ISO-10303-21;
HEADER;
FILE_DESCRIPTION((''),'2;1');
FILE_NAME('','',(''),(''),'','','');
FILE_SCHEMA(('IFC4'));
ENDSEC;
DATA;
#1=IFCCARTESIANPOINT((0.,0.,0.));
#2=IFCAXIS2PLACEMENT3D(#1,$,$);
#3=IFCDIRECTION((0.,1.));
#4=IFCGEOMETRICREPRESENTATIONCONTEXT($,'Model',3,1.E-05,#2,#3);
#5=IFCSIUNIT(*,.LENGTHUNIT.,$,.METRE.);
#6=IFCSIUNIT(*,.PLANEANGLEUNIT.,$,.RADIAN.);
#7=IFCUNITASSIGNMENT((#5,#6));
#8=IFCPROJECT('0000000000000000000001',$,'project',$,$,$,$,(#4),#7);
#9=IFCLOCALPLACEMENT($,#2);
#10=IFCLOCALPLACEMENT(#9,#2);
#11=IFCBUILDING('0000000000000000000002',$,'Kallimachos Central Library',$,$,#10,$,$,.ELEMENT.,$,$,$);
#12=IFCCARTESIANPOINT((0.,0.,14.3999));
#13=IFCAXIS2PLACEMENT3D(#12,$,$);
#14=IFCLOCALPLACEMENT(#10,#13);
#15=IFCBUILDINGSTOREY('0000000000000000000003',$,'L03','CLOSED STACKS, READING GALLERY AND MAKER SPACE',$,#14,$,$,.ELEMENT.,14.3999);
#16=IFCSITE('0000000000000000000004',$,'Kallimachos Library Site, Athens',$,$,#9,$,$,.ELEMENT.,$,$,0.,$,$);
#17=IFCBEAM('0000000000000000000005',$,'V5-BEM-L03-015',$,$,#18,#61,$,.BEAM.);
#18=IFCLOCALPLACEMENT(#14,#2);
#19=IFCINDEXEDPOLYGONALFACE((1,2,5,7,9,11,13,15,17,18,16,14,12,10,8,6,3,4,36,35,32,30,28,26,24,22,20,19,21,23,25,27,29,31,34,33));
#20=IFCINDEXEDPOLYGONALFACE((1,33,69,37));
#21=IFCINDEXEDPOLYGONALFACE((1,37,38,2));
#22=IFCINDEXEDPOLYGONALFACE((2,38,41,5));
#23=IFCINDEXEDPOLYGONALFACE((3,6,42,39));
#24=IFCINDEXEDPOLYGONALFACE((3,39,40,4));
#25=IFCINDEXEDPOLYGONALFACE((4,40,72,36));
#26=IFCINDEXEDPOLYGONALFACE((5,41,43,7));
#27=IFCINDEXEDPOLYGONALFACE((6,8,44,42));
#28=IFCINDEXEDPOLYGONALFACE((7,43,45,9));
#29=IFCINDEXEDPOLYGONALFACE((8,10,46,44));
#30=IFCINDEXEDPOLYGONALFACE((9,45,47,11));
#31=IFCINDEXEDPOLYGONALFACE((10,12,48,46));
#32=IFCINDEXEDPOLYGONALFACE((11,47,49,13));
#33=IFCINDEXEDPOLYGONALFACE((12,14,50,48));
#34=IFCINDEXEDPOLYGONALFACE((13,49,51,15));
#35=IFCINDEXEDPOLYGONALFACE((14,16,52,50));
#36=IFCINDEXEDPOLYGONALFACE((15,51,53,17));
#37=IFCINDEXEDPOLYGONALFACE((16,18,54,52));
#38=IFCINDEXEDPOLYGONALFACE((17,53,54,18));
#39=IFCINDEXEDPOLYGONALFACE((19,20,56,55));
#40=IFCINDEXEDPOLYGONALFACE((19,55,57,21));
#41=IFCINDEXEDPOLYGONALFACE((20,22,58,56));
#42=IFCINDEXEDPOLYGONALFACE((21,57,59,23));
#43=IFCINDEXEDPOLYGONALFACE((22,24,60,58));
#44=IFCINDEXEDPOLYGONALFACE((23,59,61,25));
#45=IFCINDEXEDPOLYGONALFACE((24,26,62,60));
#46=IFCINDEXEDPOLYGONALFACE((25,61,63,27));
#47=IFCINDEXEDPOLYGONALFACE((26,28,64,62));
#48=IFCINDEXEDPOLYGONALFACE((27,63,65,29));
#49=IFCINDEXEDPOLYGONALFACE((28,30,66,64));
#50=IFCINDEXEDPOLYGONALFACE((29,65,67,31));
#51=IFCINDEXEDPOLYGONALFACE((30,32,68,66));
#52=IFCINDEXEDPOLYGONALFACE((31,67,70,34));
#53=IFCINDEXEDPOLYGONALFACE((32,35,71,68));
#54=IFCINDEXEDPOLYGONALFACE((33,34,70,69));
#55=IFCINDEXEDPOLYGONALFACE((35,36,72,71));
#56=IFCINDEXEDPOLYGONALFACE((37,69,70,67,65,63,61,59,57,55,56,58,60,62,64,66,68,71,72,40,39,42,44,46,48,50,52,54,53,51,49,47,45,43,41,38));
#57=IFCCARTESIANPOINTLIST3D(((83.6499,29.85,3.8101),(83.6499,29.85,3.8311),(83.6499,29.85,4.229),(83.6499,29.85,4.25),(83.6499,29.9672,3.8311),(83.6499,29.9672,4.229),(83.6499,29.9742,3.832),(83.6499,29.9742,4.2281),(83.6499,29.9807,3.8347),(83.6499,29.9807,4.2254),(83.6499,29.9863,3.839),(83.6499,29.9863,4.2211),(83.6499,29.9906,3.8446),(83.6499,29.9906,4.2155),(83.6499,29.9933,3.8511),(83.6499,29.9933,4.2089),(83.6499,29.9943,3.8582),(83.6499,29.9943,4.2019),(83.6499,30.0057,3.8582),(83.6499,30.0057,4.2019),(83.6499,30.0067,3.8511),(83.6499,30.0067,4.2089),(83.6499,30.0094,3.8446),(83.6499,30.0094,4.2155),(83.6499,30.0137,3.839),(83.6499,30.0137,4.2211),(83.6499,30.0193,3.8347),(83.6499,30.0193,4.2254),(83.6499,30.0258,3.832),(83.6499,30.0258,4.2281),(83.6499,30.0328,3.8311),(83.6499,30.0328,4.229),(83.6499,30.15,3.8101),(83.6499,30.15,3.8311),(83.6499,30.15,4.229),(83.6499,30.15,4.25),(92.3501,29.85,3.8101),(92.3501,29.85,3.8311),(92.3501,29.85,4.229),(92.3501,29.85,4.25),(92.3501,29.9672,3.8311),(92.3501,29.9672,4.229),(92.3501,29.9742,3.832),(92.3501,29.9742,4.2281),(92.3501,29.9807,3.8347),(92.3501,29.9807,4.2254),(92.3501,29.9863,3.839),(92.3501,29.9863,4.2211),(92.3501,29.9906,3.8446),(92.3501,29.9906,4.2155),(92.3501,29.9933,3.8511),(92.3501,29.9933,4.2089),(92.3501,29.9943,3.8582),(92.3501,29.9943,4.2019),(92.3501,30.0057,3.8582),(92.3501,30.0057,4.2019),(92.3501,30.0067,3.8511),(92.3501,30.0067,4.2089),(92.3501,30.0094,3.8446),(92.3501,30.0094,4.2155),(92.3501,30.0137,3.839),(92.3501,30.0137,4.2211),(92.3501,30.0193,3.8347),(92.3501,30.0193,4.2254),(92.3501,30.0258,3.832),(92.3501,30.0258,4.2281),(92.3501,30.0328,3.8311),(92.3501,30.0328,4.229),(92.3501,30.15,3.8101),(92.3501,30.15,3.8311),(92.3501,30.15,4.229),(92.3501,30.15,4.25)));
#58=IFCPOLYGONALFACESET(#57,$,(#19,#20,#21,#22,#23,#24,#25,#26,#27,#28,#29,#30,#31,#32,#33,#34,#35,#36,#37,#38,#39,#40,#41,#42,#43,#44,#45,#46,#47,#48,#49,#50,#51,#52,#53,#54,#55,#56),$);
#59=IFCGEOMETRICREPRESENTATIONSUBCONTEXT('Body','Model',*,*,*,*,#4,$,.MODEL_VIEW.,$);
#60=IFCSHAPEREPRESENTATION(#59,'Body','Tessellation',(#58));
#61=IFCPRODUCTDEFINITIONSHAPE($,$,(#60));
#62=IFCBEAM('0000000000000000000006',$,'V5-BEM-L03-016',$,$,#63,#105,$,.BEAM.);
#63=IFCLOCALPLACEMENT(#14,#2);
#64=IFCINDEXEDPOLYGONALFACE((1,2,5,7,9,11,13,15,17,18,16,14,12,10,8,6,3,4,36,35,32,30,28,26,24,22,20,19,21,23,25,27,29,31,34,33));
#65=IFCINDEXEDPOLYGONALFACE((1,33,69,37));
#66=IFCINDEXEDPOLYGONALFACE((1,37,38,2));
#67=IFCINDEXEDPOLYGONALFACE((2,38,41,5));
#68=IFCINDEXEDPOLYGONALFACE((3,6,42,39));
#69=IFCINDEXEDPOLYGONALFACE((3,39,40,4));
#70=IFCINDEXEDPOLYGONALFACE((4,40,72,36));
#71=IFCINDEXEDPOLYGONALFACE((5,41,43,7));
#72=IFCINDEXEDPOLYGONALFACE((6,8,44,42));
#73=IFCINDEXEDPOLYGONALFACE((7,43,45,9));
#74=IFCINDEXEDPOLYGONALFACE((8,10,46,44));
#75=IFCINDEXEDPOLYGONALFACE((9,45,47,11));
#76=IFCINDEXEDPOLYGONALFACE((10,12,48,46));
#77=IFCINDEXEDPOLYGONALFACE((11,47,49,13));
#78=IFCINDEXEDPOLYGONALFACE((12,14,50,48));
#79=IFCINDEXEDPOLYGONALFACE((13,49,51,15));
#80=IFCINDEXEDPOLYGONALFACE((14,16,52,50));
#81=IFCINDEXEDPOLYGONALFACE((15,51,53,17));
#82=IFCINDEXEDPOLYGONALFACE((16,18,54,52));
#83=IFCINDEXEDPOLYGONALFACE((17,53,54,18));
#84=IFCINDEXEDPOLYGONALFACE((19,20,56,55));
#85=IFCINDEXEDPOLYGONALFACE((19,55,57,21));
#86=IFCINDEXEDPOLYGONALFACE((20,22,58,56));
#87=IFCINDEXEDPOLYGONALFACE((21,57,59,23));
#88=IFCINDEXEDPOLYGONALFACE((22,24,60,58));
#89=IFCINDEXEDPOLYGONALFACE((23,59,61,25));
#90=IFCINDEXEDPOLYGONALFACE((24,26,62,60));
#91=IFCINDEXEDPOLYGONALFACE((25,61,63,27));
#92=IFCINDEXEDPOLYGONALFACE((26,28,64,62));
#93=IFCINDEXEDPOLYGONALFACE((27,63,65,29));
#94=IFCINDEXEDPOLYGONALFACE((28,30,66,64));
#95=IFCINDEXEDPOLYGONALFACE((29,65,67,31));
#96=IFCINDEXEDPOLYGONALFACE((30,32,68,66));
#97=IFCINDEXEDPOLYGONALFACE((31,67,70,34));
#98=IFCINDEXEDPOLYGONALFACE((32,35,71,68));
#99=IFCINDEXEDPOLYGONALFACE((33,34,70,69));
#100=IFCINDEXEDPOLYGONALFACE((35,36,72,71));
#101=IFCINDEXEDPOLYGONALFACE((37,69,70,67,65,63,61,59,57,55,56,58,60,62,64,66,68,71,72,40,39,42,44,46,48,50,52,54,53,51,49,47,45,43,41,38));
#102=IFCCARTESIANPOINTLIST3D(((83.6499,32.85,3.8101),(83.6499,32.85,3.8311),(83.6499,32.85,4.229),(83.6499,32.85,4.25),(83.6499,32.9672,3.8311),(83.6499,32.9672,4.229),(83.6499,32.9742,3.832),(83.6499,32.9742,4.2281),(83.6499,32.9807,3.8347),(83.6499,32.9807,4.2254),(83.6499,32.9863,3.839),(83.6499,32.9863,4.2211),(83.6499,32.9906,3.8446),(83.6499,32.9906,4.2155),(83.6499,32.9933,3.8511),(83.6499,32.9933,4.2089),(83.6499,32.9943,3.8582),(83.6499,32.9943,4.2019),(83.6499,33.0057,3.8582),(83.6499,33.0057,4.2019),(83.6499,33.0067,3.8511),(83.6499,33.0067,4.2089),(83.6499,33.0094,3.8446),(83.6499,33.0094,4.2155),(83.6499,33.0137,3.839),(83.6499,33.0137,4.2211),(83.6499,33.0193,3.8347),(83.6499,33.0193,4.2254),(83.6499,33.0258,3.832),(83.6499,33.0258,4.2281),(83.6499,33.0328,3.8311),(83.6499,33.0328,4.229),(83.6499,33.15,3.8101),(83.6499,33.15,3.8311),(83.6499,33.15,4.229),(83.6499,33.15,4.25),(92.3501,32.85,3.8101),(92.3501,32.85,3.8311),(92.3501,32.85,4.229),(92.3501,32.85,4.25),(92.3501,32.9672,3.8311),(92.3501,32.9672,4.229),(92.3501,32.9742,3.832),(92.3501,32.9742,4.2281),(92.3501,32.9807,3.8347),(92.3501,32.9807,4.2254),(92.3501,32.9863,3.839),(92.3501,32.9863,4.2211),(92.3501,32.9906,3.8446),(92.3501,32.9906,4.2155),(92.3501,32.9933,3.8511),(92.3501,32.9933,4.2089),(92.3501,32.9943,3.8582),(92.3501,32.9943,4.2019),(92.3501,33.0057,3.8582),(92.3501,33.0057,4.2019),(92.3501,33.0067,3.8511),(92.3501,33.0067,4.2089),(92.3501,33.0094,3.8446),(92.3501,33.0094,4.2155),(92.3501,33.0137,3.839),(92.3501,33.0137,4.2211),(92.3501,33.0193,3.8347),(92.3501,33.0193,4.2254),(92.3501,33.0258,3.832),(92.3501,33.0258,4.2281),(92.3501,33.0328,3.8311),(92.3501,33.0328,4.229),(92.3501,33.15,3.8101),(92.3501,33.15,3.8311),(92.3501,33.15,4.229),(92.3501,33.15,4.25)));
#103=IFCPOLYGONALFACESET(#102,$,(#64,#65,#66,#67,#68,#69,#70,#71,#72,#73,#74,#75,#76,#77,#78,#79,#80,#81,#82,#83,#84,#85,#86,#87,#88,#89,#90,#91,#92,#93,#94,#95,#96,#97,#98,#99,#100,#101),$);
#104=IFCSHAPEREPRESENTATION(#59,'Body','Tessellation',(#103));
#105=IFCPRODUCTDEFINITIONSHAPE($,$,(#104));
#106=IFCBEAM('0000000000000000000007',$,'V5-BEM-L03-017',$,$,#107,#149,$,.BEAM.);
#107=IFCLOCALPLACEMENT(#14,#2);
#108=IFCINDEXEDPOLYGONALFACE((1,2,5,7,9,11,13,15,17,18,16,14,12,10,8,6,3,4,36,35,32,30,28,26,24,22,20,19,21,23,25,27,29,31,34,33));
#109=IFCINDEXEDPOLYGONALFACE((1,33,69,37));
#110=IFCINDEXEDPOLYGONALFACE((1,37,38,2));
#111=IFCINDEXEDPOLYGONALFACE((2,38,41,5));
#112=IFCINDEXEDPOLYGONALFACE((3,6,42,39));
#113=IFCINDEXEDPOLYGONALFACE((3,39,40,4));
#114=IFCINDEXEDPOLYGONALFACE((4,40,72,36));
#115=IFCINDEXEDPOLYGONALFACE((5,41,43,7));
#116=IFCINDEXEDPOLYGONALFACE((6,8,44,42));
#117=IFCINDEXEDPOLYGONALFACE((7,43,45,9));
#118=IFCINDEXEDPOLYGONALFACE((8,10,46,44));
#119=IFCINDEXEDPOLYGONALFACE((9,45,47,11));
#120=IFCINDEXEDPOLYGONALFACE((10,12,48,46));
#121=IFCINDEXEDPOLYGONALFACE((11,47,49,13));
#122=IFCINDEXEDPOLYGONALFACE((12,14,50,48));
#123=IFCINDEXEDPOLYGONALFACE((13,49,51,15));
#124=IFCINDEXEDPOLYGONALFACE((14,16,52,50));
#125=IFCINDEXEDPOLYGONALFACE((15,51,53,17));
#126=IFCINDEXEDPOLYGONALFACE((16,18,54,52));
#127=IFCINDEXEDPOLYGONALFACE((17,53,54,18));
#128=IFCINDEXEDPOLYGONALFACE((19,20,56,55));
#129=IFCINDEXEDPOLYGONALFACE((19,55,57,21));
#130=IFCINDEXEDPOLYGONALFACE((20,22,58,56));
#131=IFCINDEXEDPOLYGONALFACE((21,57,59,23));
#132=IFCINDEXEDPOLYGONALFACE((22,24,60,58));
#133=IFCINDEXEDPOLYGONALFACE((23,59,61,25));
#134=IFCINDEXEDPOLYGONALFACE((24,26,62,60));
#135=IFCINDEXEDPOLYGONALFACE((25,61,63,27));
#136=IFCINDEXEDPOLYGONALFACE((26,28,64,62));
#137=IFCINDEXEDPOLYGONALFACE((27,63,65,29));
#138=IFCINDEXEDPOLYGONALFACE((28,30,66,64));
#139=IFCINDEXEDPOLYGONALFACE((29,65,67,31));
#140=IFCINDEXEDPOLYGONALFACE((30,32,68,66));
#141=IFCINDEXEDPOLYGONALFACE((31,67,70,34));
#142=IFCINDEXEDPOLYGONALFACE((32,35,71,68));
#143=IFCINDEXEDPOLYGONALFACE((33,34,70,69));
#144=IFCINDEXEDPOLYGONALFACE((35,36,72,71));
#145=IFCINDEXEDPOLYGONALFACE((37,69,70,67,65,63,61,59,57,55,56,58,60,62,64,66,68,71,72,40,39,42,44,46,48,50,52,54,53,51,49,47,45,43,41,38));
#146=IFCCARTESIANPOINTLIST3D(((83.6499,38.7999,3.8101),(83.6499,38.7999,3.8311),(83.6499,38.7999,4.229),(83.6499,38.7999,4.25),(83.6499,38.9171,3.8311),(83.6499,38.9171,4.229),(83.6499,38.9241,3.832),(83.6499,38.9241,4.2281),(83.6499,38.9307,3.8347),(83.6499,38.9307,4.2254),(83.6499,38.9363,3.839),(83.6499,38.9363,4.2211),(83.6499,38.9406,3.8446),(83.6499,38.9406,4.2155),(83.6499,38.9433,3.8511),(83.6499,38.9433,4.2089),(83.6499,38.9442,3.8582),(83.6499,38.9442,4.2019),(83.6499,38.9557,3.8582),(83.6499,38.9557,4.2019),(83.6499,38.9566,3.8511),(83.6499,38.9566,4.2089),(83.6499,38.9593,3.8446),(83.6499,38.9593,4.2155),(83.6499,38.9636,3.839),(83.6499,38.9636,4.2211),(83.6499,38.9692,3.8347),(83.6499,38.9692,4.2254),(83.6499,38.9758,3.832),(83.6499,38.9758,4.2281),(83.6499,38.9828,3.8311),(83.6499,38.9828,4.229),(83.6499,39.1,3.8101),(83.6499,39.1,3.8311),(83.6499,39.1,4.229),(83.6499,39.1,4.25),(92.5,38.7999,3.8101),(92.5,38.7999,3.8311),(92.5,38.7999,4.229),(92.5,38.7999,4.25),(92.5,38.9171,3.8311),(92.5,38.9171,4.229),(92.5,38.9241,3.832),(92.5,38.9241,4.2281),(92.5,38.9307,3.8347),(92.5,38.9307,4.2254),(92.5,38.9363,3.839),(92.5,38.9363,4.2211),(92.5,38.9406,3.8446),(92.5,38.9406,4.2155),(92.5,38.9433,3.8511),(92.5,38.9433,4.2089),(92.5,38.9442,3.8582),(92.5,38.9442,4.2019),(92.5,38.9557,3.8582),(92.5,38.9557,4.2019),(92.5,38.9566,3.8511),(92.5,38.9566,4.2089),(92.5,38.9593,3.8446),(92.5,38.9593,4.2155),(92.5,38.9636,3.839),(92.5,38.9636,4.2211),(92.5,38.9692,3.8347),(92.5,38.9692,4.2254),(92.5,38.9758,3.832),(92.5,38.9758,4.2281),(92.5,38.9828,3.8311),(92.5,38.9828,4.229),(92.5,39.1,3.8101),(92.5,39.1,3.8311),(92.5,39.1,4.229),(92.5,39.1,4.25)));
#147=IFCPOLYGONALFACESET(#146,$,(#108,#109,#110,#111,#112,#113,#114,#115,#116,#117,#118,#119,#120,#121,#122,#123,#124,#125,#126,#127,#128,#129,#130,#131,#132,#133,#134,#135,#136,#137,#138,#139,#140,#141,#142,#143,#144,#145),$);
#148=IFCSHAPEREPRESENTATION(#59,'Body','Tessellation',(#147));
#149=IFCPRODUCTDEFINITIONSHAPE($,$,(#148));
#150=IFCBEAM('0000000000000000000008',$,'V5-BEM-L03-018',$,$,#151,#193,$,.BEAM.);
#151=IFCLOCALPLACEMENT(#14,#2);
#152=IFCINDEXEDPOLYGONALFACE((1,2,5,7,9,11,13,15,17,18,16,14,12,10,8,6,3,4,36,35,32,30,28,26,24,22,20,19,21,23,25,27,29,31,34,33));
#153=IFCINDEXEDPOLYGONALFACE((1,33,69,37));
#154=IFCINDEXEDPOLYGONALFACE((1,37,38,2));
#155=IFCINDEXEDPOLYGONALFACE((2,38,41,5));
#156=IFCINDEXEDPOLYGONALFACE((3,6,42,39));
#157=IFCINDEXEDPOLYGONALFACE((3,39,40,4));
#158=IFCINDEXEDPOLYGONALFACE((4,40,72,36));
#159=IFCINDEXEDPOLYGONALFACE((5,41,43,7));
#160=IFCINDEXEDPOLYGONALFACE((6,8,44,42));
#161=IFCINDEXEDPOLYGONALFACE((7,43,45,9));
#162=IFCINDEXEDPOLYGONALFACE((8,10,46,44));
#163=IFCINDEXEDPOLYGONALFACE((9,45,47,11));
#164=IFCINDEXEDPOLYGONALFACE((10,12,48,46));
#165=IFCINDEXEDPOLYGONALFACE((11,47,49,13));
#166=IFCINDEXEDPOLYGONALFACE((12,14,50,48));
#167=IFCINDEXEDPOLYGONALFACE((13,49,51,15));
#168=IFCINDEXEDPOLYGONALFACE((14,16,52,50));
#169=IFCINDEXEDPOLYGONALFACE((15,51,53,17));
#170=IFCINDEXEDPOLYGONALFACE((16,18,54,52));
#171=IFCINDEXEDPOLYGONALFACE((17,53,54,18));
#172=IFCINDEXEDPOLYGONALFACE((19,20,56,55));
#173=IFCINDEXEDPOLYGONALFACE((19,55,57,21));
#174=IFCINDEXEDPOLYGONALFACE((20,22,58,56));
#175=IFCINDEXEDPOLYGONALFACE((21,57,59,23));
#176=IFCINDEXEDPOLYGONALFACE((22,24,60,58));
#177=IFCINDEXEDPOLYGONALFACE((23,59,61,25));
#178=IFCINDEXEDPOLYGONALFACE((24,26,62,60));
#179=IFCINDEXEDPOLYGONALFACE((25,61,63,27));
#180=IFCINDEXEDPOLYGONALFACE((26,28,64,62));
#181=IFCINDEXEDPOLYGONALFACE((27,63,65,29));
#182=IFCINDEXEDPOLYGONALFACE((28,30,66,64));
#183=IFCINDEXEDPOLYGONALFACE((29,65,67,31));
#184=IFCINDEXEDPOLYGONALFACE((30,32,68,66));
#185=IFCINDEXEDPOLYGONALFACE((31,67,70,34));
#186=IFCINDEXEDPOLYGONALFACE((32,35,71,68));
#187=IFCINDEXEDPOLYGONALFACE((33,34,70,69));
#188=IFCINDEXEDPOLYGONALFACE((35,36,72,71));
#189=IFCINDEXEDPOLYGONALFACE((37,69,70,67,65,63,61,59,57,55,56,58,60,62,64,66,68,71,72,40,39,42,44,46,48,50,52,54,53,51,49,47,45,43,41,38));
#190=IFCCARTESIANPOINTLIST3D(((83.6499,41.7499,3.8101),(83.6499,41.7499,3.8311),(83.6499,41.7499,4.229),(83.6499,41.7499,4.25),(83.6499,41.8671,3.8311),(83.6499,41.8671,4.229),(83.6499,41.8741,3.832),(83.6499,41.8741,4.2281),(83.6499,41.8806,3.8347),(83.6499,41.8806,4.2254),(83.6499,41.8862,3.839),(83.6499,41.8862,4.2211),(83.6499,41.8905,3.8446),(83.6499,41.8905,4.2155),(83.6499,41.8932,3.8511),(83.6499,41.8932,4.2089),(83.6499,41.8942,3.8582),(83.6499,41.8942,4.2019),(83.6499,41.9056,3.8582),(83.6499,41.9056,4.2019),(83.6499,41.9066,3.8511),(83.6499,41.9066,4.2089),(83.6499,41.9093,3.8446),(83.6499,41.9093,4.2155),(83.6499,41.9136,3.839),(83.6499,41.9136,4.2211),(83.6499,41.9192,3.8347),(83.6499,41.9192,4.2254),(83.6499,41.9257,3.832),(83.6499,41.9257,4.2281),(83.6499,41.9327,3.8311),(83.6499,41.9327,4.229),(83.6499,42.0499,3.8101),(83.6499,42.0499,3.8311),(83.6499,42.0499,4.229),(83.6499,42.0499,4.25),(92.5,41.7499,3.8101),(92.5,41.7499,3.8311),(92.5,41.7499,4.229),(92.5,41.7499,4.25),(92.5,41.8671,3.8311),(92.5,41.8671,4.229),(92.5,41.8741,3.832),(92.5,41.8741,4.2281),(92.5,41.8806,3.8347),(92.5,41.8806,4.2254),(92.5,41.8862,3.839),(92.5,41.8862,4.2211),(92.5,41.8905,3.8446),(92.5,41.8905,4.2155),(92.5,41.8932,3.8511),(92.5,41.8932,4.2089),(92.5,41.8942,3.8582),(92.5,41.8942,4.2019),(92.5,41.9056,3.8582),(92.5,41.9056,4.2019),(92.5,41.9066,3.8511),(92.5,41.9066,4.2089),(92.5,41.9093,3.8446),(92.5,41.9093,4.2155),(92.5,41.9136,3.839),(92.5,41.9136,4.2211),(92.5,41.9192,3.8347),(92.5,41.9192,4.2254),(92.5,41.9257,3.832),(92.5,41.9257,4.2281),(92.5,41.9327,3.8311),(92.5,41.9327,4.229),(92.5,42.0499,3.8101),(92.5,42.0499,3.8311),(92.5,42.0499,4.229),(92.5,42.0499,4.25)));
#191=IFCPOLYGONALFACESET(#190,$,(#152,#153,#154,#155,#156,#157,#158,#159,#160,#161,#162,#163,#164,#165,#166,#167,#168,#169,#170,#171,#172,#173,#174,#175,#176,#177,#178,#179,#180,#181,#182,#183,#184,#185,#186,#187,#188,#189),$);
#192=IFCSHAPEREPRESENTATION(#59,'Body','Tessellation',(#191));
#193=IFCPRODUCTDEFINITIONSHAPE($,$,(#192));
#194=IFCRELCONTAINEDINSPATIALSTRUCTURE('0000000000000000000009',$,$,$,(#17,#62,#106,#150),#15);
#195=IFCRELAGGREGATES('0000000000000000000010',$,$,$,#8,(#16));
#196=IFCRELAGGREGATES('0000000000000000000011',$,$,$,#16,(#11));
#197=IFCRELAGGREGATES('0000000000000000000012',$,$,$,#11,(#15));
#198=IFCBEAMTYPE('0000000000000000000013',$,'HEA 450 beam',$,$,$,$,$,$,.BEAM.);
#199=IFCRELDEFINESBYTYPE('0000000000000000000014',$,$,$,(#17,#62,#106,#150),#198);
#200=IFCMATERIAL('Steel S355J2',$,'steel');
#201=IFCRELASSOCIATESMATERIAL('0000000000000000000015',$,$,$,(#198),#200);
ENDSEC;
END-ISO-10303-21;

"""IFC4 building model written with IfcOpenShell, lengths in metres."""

from ifc_helpers import new_model, si_unit, direction, frame, origin, origin_2d, place, context, subcontext, project, spatial, i_section, extrude, material, material_profile, profile_set, type_object, element, save


model = new_model("IFC4")

# Units and contexts
model_context = context("Model", 3, precision=1e-05, world=origin(), true_north=direction((0.0, 1.0)))
body_context = subcontext(model_context, "Body", "Model", "MODEL_VIEW")
ifc_project = project(units=[si_unit("LENGTHUNIT", "METRE"), si_unit("PLANEANGLEUNIT", "RADIAN")], contexts=[model_context])

# Site, building, storey
site_placement = place(None, origin())
site = spatial("IfcSite", under=ifc_project, at=site_placement, Name="Kallimachos Library Site, Athens", CompositionType="ELEMENT", RefElevation=0.0)
building_placement = place(site_placement, origin())
building = spatial("IfcBuilding", under=site, at=building_placement, Name="Kallimachos Central Library", CompositionType="ELEMENT")
storey_placement = place(building_placement, frame((0.0, 0.0, 14.3999)))
storey = spatial("IfcBuildingStorey", under=building, at=storey_placement, Name="L03", Description="CLOSED STACKS, READING GALLERY AND MAKER SPACE", CompositionType="ELEMENT", Elevation=14.3999)

# Beams
ifc_material_1 = material(Name="Steel S355J2", Category="steel")
ifc_material_profile_1 = material_profile(ifc_material_1, i_section(OverallWidth=0.3, OverallDepth=0.4399, WebThickness=0.0115, FlangeThickness=0.021, FilletRadius=0.0271, at=origin_2d()), Name="HEA 450")
ifc_profile_set_1 = profile_set([ifc_material_profile_1], Name="Steel S355J2")
beam_type_1 = type_object("IfcBeamType", Name="HEA 450 beam", PredefinedType="BEAM", material=ifc_profile_set_1)
for number, where, z_axis, x_axis, name in (
    (1, (83.6499, 30.0, 4.03), (1.0, 0.0, 0.0), (0.0, 1.0, 0.0), "V5-BEM-L03-015"),
    (2, (83.6499, 33.0, 4.03), (1.0, 0.0, 0.0), (0.0, 1.0, 0.0), "V5-BEM-L03-016"),
):
    element("IfcBeam", number, at=place(storey_placement, frame(where, z_axis=z_axis, x_axis=x_axis)), inside=storey, type_object=beam_type_1, Name=name, PredefinedType="BEAM", context=body_context, shape_type="SweptSolid", body=[
        extrude(i_section(OverallWidth=0.3, OverallDepth=0.4399, WebThickness=0.0115, FlangeThickness=0.021, FilletRadius=0.0271, at=origin_2d()), origin(), (0.0, 0.0, 1.0), 8.7002),
    ])
for number, where, z_axis, x_axis, name in (
    (3, (83.6499, 38.95, 4.03), (1.0, 0.0, 0.0), (0.0, 1.0, 0.0), "V5-BEM-L03-017"),
    (4, (83.6499, 41.8999, 4.03), (1.0, 0.0, 0.0), (0.0, 1.0, 0.0), "V5-BEM-L03-018"),
):
    element("IfcBeam", number, at=place(storey_placement, frame(where, z_axis=z_axis, x_axis=x_axis)), inside=storey, type_object=beam_type_1, Name=name, PredefinedType="BEAM", context=body_context, shape_type="SweptSolid", body=[
        extrude(i_section(OverallWidth=0.3, OverallDepth=0.4399, WebThickness=0.0115, FlangeThickness=0.021, FilletRadius=0.0271, at=origin_2d()), origin(), (0.0, 0.0, 1.0), 8.8501),
    ])

save(model, "model.ifc")
